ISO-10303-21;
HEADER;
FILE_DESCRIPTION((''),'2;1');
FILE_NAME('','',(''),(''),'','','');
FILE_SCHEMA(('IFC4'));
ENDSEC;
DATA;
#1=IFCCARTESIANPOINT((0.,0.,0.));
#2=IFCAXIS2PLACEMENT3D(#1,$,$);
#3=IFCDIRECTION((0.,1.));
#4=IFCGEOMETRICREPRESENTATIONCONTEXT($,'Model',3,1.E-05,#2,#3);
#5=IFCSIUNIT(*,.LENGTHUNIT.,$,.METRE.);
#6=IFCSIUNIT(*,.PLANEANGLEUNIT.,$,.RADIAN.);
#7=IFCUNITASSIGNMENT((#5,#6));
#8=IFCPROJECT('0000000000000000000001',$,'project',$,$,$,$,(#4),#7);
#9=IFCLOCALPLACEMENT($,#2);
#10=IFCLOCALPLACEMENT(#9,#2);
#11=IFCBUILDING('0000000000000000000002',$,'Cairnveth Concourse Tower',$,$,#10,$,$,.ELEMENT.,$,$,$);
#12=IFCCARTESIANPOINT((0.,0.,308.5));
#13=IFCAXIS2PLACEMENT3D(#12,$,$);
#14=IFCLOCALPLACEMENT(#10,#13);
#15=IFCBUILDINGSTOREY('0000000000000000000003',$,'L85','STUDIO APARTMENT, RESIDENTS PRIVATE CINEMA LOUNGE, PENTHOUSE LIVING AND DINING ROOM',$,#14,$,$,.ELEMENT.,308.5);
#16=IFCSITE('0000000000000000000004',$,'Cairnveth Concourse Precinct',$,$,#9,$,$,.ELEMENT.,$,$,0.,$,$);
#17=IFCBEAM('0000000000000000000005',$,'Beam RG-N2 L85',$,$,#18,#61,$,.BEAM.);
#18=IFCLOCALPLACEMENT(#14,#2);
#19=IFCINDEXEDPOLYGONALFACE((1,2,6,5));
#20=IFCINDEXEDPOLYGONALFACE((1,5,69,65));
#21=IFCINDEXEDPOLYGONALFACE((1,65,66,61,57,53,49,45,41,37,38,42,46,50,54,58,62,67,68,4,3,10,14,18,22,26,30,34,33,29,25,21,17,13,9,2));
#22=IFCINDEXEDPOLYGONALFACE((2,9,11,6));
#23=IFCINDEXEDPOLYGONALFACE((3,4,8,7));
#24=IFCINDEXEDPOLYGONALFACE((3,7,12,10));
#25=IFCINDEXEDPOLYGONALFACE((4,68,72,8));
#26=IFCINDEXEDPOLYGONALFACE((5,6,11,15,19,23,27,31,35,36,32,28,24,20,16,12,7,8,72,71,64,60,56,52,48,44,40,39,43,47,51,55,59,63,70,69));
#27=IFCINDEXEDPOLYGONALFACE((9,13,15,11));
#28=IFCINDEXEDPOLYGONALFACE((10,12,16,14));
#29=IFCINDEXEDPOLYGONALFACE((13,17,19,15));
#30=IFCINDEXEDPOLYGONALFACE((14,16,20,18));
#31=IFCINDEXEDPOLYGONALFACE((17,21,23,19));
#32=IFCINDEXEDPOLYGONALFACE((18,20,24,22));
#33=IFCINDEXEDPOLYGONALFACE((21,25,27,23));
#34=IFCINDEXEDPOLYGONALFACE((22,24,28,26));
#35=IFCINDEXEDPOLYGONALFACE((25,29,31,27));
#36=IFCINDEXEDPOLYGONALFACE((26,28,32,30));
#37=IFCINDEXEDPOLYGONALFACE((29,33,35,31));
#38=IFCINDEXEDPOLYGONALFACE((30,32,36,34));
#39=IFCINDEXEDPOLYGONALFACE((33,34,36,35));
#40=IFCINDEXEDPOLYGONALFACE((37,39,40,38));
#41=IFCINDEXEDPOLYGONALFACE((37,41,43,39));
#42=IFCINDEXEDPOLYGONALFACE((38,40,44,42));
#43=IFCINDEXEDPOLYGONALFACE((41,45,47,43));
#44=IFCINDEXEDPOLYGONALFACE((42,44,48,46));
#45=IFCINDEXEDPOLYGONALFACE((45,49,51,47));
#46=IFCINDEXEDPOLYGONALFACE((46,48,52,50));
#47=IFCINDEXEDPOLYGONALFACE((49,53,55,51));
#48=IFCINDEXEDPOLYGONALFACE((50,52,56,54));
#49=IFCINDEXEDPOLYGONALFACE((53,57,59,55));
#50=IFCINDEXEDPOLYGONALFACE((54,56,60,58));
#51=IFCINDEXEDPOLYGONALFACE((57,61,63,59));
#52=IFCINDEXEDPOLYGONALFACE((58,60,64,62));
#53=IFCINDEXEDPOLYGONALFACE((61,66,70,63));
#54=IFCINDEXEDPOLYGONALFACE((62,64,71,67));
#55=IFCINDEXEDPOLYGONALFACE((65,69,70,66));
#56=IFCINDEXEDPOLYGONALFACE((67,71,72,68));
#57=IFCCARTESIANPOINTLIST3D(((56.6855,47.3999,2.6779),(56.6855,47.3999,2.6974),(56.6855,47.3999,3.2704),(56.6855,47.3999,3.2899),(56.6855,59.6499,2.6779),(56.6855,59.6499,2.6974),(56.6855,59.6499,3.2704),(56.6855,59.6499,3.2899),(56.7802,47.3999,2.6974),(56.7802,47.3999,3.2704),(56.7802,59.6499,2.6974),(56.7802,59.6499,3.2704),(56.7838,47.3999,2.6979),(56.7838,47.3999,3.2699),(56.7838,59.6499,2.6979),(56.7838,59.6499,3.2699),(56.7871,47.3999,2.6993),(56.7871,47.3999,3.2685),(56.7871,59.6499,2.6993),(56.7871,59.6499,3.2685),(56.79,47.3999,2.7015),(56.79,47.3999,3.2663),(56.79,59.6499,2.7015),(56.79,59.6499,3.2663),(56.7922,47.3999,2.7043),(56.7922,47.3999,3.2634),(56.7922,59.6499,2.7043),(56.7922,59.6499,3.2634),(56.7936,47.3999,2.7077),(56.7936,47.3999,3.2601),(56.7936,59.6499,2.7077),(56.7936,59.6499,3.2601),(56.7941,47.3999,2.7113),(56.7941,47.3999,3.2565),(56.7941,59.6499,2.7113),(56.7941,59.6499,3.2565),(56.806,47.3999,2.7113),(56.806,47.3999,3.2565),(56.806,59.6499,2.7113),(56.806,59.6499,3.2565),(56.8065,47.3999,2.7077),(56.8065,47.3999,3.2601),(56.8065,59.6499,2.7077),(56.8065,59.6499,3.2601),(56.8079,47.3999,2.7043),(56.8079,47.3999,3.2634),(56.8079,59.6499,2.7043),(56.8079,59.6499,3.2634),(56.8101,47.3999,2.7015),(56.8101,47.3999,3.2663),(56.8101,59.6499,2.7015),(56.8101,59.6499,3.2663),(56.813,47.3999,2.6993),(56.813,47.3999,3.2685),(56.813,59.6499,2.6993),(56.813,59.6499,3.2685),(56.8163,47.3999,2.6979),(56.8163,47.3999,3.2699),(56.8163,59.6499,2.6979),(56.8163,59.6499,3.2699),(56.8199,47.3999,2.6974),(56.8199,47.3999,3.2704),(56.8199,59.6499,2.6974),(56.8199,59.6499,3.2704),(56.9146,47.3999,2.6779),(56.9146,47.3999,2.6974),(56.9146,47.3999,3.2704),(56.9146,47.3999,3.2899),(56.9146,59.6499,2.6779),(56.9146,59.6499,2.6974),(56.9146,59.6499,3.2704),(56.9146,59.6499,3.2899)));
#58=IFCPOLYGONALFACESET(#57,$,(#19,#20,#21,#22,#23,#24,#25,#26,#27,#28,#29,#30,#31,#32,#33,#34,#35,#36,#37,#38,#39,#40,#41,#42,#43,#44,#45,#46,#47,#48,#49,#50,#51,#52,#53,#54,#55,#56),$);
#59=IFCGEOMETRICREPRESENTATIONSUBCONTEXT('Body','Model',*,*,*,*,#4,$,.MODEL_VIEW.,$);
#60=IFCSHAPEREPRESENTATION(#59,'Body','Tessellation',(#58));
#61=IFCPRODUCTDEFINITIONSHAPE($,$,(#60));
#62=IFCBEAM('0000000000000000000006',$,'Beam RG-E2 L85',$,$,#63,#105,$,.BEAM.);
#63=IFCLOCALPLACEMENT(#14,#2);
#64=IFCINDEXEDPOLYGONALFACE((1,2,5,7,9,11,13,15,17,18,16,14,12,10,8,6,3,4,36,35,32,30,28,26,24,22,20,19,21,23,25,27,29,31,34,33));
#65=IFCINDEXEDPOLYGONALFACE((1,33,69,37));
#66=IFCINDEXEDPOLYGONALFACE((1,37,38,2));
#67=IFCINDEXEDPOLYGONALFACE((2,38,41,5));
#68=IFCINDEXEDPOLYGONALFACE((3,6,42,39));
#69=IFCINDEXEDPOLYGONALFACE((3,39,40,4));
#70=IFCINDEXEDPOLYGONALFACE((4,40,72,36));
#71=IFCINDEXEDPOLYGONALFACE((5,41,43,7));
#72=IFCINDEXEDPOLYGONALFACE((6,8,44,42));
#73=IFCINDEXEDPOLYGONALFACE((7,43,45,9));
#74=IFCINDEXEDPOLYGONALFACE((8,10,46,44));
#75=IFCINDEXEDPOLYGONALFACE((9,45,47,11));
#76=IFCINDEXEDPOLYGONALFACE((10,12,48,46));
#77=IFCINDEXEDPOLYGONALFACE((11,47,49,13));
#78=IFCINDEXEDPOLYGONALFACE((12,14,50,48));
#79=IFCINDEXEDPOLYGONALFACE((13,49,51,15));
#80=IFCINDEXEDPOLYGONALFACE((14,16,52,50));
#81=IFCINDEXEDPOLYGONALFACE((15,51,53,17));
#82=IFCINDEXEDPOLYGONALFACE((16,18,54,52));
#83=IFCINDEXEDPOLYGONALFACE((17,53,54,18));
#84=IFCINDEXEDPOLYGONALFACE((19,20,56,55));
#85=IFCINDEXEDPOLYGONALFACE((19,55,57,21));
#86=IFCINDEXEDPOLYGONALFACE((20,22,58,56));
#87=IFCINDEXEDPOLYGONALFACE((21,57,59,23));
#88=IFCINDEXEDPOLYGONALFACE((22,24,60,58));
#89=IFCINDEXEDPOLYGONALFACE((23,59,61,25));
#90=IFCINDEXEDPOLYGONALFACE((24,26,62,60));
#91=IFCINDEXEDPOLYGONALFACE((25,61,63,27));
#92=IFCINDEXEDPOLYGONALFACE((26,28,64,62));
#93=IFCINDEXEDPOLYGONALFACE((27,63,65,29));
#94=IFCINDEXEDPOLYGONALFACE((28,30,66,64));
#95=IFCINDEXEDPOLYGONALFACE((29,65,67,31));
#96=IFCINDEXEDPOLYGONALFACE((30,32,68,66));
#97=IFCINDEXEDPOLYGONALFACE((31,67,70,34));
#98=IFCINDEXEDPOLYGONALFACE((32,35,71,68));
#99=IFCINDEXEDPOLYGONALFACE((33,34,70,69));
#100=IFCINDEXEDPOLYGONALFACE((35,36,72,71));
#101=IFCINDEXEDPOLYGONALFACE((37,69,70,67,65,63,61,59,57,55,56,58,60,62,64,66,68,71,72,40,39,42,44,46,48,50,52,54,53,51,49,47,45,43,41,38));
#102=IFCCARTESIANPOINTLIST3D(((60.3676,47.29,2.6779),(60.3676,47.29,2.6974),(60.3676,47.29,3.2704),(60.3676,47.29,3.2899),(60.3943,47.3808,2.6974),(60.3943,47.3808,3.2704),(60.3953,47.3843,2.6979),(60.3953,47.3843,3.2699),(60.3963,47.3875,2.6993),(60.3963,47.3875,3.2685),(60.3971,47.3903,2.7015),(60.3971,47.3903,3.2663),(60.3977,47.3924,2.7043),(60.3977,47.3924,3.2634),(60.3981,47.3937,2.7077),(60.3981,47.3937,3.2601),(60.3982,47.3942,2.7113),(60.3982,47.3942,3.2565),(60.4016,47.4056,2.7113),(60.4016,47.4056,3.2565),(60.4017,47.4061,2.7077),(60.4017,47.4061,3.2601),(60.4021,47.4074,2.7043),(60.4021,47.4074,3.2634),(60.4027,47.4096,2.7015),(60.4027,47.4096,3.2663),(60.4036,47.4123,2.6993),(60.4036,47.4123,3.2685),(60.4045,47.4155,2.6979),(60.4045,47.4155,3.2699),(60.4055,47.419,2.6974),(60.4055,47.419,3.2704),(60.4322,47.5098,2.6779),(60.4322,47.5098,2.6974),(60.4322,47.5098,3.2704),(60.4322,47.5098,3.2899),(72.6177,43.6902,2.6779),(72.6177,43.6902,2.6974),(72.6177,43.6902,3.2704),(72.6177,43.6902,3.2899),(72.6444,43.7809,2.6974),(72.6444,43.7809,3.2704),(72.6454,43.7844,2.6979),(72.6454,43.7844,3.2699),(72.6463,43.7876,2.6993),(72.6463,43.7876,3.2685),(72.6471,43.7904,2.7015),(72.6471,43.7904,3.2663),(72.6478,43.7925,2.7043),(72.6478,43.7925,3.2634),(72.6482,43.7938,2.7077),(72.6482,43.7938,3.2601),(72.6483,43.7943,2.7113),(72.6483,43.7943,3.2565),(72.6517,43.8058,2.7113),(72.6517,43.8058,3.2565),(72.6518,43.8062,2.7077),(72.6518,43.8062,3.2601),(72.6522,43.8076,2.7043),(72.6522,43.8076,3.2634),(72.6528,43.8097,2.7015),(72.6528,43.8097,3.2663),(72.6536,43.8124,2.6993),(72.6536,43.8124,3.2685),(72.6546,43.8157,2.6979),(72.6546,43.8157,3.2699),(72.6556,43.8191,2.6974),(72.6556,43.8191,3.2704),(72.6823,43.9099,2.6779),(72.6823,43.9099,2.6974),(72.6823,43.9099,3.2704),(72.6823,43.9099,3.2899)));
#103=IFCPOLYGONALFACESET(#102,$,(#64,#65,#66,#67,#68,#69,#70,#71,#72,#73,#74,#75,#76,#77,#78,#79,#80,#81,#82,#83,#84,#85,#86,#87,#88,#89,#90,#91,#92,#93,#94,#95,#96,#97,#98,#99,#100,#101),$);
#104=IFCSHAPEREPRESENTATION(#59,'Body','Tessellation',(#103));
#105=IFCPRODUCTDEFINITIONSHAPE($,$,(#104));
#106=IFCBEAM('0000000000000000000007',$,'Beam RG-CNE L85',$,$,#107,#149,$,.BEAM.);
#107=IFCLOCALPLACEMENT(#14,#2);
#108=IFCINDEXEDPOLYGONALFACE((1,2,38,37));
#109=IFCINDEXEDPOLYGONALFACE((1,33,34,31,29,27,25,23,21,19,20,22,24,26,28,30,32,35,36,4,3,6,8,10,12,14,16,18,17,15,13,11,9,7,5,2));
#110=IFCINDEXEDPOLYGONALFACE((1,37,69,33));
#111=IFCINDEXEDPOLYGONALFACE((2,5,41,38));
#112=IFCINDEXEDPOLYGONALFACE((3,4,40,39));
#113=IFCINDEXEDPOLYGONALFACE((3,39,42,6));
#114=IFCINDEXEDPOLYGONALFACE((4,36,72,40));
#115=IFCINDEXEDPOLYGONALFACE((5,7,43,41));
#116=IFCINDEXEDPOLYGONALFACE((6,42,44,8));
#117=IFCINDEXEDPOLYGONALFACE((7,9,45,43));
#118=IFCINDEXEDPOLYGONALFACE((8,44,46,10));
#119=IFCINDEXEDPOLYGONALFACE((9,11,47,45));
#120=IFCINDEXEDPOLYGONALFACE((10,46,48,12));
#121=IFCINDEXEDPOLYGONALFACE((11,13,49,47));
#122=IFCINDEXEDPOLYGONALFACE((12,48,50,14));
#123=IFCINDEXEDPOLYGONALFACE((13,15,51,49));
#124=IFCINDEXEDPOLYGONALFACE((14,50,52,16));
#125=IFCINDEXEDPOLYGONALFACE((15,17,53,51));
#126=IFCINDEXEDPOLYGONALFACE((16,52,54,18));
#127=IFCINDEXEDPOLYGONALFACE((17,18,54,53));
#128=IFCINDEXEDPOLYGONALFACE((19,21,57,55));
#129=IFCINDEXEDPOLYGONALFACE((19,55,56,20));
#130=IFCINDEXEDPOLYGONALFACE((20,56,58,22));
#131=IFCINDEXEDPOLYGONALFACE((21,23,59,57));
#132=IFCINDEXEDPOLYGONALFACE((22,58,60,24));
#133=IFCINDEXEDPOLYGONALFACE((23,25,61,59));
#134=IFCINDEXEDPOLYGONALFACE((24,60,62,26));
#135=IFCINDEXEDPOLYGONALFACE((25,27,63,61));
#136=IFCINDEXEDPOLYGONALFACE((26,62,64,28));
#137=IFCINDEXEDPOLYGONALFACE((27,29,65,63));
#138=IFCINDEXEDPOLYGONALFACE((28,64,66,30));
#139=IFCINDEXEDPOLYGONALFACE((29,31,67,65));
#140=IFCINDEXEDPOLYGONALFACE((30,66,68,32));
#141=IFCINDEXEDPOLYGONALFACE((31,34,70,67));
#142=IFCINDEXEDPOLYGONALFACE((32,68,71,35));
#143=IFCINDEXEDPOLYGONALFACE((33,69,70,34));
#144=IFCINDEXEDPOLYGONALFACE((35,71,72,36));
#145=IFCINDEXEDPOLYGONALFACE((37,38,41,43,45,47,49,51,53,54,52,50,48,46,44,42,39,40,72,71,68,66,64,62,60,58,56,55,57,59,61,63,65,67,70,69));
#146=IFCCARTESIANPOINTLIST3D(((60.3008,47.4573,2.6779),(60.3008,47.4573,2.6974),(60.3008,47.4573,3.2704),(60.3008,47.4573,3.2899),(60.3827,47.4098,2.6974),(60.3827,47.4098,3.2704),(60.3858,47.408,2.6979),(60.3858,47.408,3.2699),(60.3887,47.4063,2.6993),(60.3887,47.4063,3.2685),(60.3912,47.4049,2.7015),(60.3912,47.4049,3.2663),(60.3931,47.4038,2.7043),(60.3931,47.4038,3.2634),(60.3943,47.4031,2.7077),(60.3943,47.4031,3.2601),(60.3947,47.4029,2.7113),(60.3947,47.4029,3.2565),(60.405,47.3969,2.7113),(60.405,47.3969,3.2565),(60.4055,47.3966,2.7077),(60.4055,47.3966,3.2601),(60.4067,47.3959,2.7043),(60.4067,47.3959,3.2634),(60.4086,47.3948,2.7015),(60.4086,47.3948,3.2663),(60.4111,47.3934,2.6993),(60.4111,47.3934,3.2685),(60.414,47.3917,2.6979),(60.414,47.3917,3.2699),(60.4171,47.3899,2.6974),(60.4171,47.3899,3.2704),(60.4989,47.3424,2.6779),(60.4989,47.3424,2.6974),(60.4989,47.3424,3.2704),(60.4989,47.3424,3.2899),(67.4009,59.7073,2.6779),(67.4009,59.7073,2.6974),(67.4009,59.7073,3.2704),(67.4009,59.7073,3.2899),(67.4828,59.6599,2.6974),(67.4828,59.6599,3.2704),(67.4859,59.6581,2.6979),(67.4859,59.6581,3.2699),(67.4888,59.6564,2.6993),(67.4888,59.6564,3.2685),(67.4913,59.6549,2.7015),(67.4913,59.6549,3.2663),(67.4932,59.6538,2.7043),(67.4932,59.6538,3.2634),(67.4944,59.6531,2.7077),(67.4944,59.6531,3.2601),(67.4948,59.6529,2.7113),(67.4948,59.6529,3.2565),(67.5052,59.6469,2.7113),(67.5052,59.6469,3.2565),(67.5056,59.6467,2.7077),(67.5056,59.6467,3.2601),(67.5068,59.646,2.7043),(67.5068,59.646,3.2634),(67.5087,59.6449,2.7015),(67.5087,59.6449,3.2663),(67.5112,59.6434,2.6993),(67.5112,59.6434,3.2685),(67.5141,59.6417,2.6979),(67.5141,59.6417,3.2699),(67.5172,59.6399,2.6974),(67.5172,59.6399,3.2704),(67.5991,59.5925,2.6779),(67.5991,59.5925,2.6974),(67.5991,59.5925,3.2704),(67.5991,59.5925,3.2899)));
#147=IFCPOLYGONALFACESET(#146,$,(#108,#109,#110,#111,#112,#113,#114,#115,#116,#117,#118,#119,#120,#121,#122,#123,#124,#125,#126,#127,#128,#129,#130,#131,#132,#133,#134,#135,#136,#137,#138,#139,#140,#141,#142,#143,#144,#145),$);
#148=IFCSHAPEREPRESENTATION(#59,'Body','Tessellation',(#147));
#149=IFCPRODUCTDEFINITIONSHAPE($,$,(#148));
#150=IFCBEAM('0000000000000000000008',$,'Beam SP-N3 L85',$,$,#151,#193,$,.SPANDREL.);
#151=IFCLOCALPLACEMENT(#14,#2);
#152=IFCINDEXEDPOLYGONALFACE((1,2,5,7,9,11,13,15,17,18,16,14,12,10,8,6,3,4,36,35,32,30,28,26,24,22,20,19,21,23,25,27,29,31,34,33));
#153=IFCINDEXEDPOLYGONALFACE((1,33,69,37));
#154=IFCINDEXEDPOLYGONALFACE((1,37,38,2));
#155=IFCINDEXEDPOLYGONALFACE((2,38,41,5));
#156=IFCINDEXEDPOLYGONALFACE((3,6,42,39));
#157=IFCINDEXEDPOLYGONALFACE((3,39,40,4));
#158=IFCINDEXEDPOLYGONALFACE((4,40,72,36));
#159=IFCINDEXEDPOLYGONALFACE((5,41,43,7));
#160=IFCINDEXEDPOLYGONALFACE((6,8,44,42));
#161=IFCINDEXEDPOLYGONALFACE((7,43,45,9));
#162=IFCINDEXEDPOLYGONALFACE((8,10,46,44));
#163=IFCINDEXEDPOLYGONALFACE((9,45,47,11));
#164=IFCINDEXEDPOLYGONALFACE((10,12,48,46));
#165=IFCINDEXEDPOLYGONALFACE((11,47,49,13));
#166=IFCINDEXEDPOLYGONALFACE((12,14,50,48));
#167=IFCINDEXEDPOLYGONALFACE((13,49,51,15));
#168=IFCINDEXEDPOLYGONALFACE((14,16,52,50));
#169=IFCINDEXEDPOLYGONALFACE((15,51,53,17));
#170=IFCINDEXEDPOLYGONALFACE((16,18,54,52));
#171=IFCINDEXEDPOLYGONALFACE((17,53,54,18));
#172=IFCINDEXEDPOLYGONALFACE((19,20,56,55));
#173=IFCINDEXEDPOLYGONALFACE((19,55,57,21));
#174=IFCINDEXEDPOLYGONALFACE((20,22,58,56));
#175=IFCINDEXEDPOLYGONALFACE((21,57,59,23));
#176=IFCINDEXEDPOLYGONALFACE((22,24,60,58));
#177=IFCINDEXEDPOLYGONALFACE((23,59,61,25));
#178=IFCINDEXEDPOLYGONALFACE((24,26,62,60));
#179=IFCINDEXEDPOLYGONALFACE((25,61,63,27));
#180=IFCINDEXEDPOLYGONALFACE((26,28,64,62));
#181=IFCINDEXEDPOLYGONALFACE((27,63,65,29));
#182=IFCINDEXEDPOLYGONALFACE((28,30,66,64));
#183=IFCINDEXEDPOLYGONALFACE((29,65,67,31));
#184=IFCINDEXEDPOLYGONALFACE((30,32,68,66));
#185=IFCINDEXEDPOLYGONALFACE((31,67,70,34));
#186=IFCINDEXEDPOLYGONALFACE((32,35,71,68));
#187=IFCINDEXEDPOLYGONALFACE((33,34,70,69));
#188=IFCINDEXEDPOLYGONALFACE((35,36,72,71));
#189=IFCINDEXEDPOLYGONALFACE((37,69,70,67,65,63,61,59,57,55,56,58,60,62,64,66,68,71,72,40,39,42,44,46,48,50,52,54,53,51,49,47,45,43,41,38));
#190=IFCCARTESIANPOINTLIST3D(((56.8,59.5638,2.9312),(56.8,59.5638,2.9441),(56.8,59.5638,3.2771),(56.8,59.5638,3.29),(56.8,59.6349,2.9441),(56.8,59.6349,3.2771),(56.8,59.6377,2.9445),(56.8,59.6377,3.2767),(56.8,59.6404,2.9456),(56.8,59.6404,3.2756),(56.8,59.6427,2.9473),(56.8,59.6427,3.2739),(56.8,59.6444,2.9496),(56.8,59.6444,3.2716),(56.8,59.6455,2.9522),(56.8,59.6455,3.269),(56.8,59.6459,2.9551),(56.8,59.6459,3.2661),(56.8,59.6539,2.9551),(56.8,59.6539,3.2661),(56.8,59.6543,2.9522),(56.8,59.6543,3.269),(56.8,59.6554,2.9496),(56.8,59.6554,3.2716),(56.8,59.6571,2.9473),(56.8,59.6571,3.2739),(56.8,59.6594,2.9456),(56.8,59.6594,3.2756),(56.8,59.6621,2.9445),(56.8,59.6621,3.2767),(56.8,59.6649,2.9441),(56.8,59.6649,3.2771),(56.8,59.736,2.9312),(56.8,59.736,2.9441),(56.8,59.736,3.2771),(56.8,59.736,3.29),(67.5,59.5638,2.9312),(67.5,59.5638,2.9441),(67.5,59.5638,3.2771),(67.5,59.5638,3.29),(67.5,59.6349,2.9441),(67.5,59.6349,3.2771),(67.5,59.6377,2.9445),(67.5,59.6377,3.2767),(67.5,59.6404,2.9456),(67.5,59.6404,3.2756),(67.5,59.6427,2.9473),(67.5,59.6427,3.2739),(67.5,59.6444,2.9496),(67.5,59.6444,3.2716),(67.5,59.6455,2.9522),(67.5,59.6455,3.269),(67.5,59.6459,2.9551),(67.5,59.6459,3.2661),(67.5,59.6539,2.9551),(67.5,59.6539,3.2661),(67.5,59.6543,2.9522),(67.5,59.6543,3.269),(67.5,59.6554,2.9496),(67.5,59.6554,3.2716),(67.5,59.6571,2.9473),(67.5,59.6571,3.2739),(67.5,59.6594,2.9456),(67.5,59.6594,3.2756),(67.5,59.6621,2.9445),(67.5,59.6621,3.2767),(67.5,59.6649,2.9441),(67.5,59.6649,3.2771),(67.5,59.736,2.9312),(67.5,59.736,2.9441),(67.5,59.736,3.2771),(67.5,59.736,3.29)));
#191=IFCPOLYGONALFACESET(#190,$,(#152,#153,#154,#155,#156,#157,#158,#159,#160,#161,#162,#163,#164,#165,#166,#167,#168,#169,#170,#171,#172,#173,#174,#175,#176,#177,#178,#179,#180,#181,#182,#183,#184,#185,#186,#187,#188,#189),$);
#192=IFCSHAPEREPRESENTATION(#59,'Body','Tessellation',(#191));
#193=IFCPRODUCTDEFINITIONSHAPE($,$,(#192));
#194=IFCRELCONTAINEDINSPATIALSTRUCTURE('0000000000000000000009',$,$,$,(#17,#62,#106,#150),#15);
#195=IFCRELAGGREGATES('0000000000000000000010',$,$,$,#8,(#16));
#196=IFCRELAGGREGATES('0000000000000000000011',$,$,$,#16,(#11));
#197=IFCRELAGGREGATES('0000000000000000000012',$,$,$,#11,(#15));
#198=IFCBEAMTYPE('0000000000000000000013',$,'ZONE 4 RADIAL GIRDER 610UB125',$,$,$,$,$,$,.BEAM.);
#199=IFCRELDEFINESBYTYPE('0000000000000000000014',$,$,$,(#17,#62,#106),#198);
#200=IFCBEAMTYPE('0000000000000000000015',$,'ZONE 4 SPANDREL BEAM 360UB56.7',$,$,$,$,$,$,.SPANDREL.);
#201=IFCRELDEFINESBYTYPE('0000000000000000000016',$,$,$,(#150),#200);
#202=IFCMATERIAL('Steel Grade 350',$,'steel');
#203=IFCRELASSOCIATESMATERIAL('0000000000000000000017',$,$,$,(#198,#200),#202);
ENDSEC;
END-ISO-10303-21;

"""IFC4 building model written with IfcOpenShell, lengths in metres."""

from ifc_helpers import new_model, si_unit, direction, frame, origin, origin_2d, place, context, subcontext, project, spatial, i_section, extrude, material, material_profile, profile_set, type_object, element, save


model = new_model("IFC4")

# Units and contexts
model_context = context("Model", 3, precision=1e-05, world=origin(), true_north=direction((0.0, 1.0)))
body_context = subcontext(model_context, "Body", "Model", "MODEL_VIEW")
ifc_project = project(units=[si_unit("LENGTHUNIT", "METRE"), si_unit("PLANEANGLEUNIT", "RADIAN")], contexts=[model_context])

# Site, building, storey
site_placement = place(None, origin())
site = spatial("IfcSite", under=ifc_project, at=site_placement, Name="Cairnveth Concourse Precinct", CompositionType="ELEMENT", RefElevation=0.0)
building_placement = place(site_placement, origin())
building = spatial("IfcBuilding", under=site, at=building_placement, Name="Cairnveth Concourse Tower", CompositionType="ELEMENT")
storey_placement = place(building_placement, frame((0.0, 0.0, 308.5)))
storey = spatial("IfcBuildingStorey", under=building, at=storey_placement, Name="L85", Description="STUDIO APARTMENT, RESIDENTS PRIVATE CINEMA LOUNGE, PENTHOUSE LIVING AND DINING ROOM", CompositionType="ELEMENT", Elevation=308.5)

# Shared definitions
ifc_material_1 = material(Name="Steel Grade 350", Category="steel")

# Beams
ifc_material_profile_1 = material_profile(ifc_material_1, i_section(OverallWidth=0.229, OverallDepth=0.6121, WebThickness=0.012, FlangeThickness=0.0195, FilletRadius=0.0139, at=origin_2d()), Name="610UB125")
ifc_profile_set_1 = profile_set([ifc_material_profile_1], Name="Steel Grade 350")
beam_type_1 = type_object("IfcBeamType", Name="ZONE 4 RADIAL GIRDER 610UB125", PredefinedType="BEAM", material=ifc_profile_set_1)
beam_1_placement = place(storey_placement, frame((56.8, 47.3999, 2.9839), z_axis=(0.0, 1.0, 0.0), x_axis=(-1.0, 0.0, 0.0)))
element("IfcBeam", 1, at=beam_1_placement, inside=storey, type_object=beam_type_1, Name="Beam RG-N2 L85", PredefinedType="BEAM", context=body_context, shape_type="SweptSolid", body=[
    extrude(i_section(OverallWidth=0.229, OverallDepth=0.6121, WebThickness=0.012, FlangeThickness=0.0195, FilletRadius=0.0139, at=origin_2d()), origin(), (0.0, 0.0, 1.0), 12.25),
])
beam_2_placement = place(storey_placement, frame((60.3999, 47.3999, 2.9839), z_axis=(0.959431, -0.281944, 0.0), x_axis=(0.281944, 0.959431, 0.0)))
element("IfcBeam", 2, at=beam_2_placement, inside=storey, type_object=beam_type_1, Name="Beam RG-E2 L85", PredefinedType="BEAM", context=body_context, shape_type="SweptSolid", body=[
    extrude(i_section(OverallWidth=0.229, OverallDepth=0.6121, WebThickness=0.012, FlangeThickness=0.0195, FilletRadius=0.0139, at=origin_2d()), origin(), (0.0, 0.0, 1.0), 12.7681),
])
beam_3_placement = place(storey_placement, frame((67.5, 59.6499, 2.9839), z_axis=(-0.501459, -0.865181, 0.0), x_axis=(0.865181, -0.501459, 0.0)))
element("IfcBeam", 3, at=beam_3_placement, inside=storey, type_object=beam_type_1, Name="Beam RG-CNE L85", PredefinedType="BEAM", context=body_context, shape_type="SweptSolid", body=[
    extrude(i_section(OverallWidth=0.229, OverallDepth=0.6121, WebThickness=0.012, FlangeThickness=0.0195, FilletRadius=0.0139, at=origin_2d()), origin(), (0.0, 0.0, 1.0), 14.1589),
])
ifc_material_profile_2 = material_profile(ifc_material_1, i_section(OverallWidth=0.1721, OverallDepth=0.3589, WebThickness=0.0081, FlangeThickness=0.0129, FilletRadius=0.011, at=origin_2d()), Name="360UB56.7")
ifc_profile_set_2 = profile_set([ifc_material_profile_2], Name="Steel Grade 350")
beam_type_2 = type_object("IfcBeamType", Name="ZONE 4 SPANDREL BEAM 360UB56.7", PredefinedType="SPANDREL", material=ifc_profile_set_2)
beam_4_placement = place(storey_placement, frame((56.8, 59.6499, 3.1106), z_axis=(1.0, 0.0, 0.0), x_axis=(0.0, 1.0, 0.0)))
element("IfcBeam", 4, at=beam_4_placement, inside=storey, type_object=beam_type_2, Name="Beam SP-N3 L85", PredefinedType="SPANDREL", context=body_context, shape_type="SweptSolid", body=[
    extrude(i_section(OverallWidth=0.1721, OverallDepth=0.3589, WebThickness=0.0081, FlangeThickness=0.0129, FilletRadius=0.011, at=origin_2d()), origin(), (0.0, 0.0, 1.0), 10.7),
])

save(model, "model.ifc")
